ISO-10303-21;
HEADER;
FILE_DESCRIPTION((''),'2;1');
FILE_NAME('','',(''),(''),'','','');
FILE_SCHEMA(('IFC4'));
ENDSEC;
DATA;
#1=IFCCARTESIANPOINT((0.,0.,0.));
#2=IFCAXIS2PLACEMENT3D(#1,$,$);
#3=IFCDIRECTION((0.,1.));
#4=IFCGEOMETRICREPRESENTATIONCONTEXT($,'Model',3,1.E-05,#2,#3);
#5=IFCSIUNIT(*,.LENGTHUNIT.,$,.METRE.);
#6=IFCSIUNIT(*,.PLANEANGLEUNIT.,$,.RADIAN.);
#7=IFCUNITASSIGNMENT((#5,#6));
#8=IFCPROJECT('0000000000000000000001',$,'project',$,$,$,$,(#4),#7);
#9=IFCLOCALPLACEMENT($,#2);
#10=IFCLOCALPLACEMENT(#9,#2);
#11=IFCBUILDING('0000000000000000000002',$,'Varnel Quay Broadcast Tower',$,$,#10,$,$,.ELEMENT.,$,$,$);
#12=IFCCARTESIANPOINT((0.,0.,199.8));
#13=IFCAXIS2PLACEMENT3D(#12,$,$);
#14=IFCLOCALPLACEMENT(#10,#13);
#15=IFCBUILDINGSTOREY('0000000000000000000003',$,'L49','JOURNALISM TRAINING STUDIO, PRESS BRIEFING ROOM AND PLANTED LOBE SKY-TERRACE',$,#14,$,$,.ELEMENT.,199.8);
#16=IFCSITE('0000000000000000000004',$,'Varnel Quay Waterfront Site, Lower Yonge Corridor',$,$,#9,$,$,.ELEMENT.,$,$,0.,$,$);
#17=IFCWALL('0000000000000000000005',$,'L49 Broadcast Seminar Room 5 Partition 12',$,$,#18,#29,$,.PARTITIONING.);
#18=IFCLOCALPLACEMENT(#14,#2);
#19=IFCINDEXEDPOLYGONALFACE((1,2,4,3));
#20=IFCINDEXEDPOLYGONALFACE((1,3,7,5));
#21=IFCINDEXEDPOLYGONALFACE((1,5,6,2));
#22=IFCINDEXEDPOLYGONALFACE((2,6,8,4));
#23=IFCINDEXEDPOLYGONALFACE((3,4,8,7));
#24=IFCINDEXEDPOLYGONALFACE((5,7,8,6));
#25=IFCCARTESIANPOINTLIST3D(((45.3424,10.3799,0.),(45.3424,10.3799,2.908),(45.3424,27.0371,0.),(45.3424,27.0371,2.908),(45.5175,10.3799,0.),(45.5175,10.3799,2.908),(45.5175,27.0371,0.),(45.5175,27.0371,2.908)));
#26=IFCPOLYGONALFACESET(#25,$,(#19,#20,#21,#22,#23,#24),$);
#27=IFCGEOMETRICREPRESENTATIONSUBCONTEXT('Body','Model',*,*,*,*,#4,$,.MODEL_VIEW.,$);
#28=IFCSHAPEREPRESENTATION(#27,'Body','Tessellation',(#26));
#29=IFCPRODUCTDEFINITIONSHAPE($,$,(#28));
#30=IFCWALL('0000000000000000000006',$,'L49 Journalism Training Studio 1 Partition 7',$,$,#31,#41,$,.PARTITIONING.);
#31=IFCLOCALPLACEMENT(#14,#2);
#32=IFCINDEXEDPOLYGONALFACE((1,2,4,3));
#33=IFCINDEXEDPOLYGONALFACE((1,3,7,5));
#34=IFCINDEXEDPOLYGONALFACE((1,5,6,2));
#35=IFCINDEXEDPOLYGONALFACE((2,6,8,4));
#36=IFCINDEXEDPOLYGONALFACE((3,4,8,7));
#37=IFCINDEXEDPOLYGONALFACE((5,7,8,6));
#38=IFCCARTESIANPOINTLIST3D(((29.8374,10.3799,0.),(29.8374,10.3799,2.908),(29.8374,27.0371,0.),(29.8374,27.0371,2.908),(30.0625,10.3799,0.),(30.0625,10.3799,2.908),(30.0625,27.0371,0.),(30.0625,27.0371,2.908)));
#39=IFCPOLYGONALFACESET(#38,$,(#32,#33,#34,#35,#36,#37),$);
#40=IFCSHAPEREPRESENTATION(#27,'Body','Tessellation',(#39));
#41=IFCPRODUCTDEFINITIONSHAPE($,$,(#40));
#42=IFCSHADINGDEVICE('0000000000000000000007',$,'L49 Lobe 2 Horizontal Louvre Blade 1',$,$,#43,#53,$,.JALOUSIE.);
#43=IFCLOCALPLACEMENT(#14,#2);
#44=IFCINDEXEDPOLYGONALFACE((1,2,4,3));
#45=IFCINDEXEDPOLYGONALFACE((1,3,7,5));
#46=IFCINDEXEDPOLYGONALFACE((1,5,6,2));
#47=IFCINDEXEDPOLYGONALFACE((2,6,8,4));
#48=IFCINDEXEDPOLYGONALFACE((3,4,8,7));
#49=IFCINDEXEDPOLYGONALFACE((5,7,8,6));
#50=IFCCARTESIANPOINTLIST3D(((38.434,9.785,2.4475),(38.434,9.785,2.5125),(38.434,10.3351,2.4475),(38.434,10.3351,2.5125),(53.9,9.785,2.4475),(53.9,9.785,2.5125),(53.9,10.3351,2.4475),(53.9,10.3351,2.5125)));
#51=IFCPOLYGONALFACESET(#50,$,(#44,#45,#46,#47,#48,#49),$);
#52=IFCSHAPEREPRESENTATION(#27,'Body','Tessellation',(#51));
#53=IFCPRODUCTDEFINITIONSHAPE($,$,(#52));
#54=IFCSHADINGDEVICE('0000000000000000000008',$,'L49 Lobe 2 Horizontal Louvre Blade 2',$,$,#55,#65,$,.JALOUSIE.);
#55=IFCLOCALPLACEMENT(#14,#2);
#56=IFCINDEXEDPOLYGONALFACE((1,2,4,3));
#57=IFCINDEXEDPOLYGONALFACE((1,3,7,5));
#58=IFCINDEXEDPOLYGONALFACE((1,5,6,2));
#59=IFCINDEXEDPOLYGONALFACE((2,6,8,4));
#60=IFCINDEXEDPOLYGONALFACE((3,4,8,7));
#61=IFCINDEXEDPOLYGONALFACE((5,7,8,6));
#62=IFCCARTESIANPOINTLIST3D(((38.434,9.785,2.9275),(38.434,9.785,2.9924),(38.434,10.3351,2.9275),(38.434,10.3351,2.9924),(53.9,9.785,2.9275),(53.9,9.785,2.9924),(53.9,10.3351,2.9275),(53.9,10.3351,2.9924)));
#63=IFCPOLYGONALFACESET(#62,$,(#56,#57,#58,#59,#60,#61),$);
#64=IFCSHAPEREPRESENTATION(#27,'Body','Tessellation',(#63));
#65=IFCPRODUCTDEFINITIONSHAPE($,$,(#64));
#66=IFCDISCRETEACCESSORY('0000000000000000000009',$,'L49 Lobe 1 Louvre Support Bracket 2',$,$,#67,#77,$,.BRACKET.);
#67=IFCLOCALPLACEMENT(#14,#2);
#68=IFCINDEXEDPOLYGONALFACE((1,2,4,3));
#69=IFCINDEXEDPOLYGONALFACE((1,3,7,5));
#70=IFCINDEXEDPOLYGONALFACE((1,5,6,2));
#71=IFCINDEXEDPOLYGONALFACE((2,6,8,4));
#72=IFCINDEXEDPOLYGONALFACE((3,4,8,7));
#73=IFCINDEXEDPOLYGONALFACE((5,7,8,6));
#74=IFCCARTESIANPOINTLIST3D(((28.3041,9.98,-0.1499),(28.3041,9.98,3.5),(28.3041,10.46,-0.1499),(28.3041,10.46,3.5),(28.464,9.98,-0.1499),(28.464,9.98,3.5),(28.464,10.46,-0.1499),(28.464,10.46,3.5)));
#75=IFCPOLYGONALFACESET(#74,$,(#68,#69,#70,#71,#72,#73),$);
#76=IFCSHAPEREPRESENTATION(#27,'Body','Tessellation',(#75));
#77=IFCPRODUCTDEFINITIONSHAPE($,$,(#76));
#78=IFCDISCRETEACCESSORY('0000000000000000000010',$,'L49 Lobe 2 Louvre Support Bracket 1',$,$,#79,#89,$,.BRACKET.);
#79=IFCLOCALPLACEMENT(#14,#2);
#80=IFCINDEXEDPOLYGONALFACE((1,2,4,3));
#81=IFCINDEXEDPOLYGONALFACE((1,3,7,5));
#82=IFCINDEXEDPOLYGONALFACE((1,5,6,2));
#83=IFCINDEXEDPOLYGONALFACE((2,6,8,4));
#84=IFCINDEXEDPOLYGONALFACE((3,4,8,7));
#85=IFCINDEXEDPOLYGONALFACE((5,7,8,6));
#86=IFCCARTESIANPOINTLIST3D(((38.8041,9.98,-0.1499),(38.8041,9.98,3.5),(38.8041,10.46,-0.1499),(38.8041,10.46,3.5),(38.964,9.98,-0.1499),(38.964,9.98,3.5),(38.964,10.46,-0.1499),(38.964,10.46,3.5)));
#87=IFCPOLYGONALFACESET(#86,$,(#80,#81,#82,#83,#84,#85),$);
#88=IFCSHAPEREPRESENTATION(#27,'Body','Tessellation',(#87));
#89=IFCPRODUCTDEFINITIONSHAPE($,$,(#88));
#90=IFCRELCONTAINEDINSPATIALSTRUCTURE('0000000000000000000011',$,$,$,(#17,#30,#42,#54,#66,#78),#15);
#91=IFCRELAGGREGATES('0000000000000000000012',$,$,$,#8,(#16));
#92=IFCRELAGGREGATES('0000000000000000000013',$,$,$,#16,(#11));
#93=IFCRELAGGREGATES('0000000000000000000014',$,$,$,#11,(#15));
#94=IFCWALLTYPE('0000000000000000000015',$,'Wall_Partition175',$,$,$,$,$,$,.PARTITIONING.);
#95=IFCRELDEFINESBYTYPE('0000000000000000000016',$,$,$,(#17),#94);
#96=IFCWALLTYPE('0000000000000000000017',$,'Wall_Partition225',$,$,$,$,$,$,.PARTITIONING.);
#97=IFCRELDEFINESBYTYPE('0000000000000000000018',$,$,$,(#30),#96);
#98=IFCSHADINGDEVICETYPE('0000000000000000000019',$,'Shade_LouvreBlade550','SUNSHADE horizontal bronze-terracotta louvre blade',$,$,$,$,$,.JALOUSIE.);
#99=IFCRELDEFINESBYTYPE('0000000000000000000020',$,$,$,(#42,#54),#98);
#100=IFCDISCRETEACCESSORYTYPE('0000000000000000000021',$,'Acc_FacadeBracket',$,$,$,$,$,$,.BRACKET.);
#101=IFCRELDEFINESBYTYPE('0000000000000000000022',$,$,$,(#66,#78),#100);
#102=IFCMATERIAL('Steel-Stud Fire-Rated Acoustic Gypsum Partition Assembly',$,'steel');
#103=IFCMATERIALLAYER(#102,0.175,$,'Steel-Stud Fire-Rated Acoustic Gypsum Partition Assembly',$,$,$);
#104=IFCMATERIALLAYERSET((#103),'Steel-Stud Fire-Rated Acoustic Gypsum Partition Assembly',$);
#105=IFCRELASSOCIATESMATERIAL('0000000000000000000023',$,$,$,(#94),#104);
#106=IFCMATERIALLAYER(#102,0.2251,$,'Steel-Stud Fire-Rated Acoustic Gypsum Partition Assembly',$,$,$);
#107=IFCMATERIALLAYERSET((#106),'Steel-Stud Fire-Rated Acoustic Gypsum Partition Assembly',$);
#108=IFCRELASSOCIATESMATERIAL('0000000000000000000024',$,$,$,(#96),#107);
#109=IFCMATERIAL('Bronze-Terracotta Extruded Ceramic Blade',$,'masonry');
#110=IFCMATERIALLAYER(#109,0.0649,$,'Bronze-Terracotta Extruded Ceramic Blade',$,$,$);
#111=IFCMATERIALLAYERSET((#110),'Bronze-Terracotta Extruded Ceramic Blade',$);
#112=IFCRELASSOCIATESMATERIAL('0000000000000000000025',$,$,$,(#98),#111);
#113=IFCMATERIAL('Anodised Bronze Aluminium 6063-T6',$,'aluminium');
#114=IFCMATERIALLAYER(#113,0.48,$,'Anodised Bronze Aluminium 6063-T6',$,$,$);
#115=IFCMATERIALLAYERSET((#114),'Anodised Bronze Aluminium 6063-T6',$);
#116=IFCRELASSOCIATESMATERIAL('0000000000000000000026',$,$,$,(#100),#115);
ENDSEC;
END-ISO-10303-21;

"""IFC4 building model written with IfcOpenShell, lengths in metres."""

from ifc_helpers import new_model, si_unit, direction, frame, frame_2d, origin, origin_2d, place, context, subcontext, project, spatial, rectangle, extrude, source, transform, mapped, material, layer, layer_set, type_object, type_shapes, element, save


model = new_model("IFC4")

# Units and contexts
model_context = context("Model", 3, precision=1e-05, world=origin(), true_north=direction((0.0, 1.0)))
body_context = subcontext(model_context, "Body", "Model", "MODEL_VIEW")
ifc_project = project(units=[si_unit("LENGTHUNIT", "METRE"), si_unit("PLANEANGLEUNIT", "RADIAN")], contexts=[model_context])

# Site, building, storey
site_placement = place(None, origin())
site = spatial("IfcSite", under=ifc_project, at=site_placement, Name="Varnel Quay Waterfront Site, Lower Yonge Corridor", CompositionType="ELEMENT", RefElevation=0.0)
building_placement = place(site_placement, origin())
building = spatial("IfcBuilding", under=site, at=building_placement, Name="Varnel Quay Broadcast Tower", CompositionType="ELEMENT")
storey_placement = place(building_placement, frame((0.0, 0.0, 199.8)))
storey = spatial("IfcBuildingStorey", under=building, at=storey_placement, Name="L49", Description="JOURNALISM TRAINING STUDIO, PRESS BRIEFING ROOM AND PLANTED LOBE SKY-TERRACE", CompositionType="ELEMENT", Elevation=199.8)

# Shared definitions
ifc_material_1 = material(Name="Anodised Bronze Aluminium 6063-T6", Category="aluminium")

# Walls
ifc_material_2 = material(Name="Steel-Stud Fire-Rated Acoustic Gypsum Partition Assembly", Category="steel")
ifc_layer_1 = layer(ifc_material_2, 0.175, Name="Steel-Stud Fire-Rated Acoustic Gypsum Partition Assembly")
ifc_layer_set_1 = layer_set([ifc_layer_1], Name="Steel-Stud Fire-Rated Acoustic Gypsum Partition Assembly")
wall_type_1 = type_object("IfcWallType", Name="Wall_Partition175", PredefinedType="PARTITIONING", material=ifc_layer_set_1)
wall_1_placement = place(storey_placement, frame((45.4299, 10.3799, 0.0), z_axis=(0.0, 0.0, 1.0), x_axis=(0.0, 1.0, 0.0)))
element("IfcWall", 1, at=wall_1_placement, inside=storey, type_object=wall_type_1, Name="L49 Broadcast Seminar Room 5 Partition 12", PredefinedType="PARTITIONING", context=body_context, shape_type="SweptSolid", body=[
    extrude(rectangle(XDim=16.6572, YDim=0.175, at=frame_2d((8.3286, 0.0))), origin(), (0.0, 0.0, 1.0), 2.908),
])
ifc_layer_2 = layer(ifc_material_2, 0.2251, Name="Steel-Stud Fire-Rated Acoustic Gypsum Partition Assembly")
ifc_layer_set_2 = layer_set([ifc_layer_2], Name="Steel-Stud Fire-Rated Acoustic Gypsum Partition Assembly")
wall_type_2 = type_object("IfcWallType", Name="Wall_Partition225", PredefinedType="PARTITIONING", material=ifc_layer_set_2)
wall_2_placement = place(storey_placement, frame((29.95, 10.3799, 0.0), z_axis=(0.0, 0.0, 1.0), x_axis=(0.0, 1.0, 0.0)))
element("IfcWall", 2, at=wall_2_placement, inside=storey, type_object=wall_type_2, Name="L49 Journalism Training Studio 1 Partition 7", PredefinedType="PARTITIONING", context=body_context, shape_type="SweptSolid", body=[
    extrude(rectangle(XDim=16.6572, YDim=0.2251, at=frame_2d((8.3286, 0.0))), origin(), (0.0, 0.0, 1.0), 2.908),
])

# Shading devices
ifc_material_3 = material(Name="Bronze-Terracotta Extruded Ceramic Blade", Category="masonry")
ifc_layer_3 = layer(ifc_material_3, 0.0649, Name="Bronze-Terracotta Extruded Ceramic Blade")
ifc_layer_set_3 = layer_set([ifc_layer_3], Name="Bronze-Terracotta Extruded Ceramic Blade")
shading_device_type = type_object("IfcShadingDeviceType", Name="Shade_LouvreBlade550", Description="SUNSHADE horizontal bronze-terracotta louvre blade", PredefinedType="JALOUSIE", material=ifc_layer_set_3)
shared_shape_1 = source(origin(), body_context, "Body", "SweptSolid", [
    extrude(rectangle(XDim=15.4661, YDim=0.55, at=origin_2d()), origin(), (0.0, 0.0, 1.0), 0.0649),
])
type_shapes(shading_device_type, [shared_shape_1])
for number, where, z_axis, x_axis, name in (
    (3, (46.167, 10.0601, 2.4475), (0.0, 0.0, 1.0), (1.0, 0.0, 0.0), "L49 Lobe 2 Horizontal Louvre Blade 1"),
    (4, (46.167, 10.0601, 2.9275), (0.0, 0.0, 1.0), (1.0, 0.0, 0.0), "L49 Lobe 2 Horizontal Louvre Blade 2"),
):
    element("IfcShadingDevice", number, at=place(storey_placement, frame(where, z_axis=z_axis, x_axis=x_axis)), inside=storey, type_object=shading_device_type, Name=name, PredefinedType="JALOUSIE", context=body_context, shape_type="MappedRepresentation", body=[
        mapped(shared_shape_1, transform((0.0, 0.0, 0.0), x_axis=(1.0, 0.0, 0.0), y_axis=(0.0, 1.0, 0.0), z_axis=(0.0, 0.0, 1.0), scale=1.0)),
    ])

# Discrete accessories
ifc_layer_4 = layer(ifc_material_1, 0.48, Name="Anodised Bronze Aluminium 6063-T6")
ifc_layer_set_4 = layer_set([ifc_layer_4], Name="Anodised Bronze Aluminium 6063-T6")
discrete_accessory_type = type_object("IfcDiscreteAccessoryType", Name="Acc_FacadeBracket", PredefinedType="BRACKET", material=ifc_layer_set_4)
shared_shape_2 = source(origin(), body_context, "Body", "SweptSolid", [
    extrude(rectangle(XDim=0.1599, YDim=0.48, at=origin_2d()), origin(), (0.0, 0.0, 1.0), 3.6499),
])
type_shapes(discrete_accessory_type, [shared_shape_2])
for number, where, z_axis, x_axis, name in (
    (5, (28.384, 10.22, -0.1499), (0.0, 0.0, 1.0), (1.0, 0.0, 0.0), "L49 Lobe 1 Louvre Support Bracket 2"),
    (6, (38.884, 10.22, -0.1499), (0.0, 0.0, 1.0), (1.0, 0.0, 0.0), "L49 Lobe 2 Louvre Support Bracket 1"),
):
    element("IfcDiscreteAccessory", number, at=place(storey_placement, frame(where, z_axis=z_axis, x_axis=x_axis)), inside=storey, type_object=discrete_accessory_type, Name=name, PredefinedType="BRACKET", context=body_context, shape_type="MappedRepresentation", body=[
        mapped(shared_shape_2, transform((0.0, 0.0, 0.0), x_axis=(1.0, 0.0, 0.0), y_axis=(0.0, 1.0, 0.0), z_axis=(0.0, 0.0, 1.0), scale=1.0)),
    ])

save(model, "model.ifc")
